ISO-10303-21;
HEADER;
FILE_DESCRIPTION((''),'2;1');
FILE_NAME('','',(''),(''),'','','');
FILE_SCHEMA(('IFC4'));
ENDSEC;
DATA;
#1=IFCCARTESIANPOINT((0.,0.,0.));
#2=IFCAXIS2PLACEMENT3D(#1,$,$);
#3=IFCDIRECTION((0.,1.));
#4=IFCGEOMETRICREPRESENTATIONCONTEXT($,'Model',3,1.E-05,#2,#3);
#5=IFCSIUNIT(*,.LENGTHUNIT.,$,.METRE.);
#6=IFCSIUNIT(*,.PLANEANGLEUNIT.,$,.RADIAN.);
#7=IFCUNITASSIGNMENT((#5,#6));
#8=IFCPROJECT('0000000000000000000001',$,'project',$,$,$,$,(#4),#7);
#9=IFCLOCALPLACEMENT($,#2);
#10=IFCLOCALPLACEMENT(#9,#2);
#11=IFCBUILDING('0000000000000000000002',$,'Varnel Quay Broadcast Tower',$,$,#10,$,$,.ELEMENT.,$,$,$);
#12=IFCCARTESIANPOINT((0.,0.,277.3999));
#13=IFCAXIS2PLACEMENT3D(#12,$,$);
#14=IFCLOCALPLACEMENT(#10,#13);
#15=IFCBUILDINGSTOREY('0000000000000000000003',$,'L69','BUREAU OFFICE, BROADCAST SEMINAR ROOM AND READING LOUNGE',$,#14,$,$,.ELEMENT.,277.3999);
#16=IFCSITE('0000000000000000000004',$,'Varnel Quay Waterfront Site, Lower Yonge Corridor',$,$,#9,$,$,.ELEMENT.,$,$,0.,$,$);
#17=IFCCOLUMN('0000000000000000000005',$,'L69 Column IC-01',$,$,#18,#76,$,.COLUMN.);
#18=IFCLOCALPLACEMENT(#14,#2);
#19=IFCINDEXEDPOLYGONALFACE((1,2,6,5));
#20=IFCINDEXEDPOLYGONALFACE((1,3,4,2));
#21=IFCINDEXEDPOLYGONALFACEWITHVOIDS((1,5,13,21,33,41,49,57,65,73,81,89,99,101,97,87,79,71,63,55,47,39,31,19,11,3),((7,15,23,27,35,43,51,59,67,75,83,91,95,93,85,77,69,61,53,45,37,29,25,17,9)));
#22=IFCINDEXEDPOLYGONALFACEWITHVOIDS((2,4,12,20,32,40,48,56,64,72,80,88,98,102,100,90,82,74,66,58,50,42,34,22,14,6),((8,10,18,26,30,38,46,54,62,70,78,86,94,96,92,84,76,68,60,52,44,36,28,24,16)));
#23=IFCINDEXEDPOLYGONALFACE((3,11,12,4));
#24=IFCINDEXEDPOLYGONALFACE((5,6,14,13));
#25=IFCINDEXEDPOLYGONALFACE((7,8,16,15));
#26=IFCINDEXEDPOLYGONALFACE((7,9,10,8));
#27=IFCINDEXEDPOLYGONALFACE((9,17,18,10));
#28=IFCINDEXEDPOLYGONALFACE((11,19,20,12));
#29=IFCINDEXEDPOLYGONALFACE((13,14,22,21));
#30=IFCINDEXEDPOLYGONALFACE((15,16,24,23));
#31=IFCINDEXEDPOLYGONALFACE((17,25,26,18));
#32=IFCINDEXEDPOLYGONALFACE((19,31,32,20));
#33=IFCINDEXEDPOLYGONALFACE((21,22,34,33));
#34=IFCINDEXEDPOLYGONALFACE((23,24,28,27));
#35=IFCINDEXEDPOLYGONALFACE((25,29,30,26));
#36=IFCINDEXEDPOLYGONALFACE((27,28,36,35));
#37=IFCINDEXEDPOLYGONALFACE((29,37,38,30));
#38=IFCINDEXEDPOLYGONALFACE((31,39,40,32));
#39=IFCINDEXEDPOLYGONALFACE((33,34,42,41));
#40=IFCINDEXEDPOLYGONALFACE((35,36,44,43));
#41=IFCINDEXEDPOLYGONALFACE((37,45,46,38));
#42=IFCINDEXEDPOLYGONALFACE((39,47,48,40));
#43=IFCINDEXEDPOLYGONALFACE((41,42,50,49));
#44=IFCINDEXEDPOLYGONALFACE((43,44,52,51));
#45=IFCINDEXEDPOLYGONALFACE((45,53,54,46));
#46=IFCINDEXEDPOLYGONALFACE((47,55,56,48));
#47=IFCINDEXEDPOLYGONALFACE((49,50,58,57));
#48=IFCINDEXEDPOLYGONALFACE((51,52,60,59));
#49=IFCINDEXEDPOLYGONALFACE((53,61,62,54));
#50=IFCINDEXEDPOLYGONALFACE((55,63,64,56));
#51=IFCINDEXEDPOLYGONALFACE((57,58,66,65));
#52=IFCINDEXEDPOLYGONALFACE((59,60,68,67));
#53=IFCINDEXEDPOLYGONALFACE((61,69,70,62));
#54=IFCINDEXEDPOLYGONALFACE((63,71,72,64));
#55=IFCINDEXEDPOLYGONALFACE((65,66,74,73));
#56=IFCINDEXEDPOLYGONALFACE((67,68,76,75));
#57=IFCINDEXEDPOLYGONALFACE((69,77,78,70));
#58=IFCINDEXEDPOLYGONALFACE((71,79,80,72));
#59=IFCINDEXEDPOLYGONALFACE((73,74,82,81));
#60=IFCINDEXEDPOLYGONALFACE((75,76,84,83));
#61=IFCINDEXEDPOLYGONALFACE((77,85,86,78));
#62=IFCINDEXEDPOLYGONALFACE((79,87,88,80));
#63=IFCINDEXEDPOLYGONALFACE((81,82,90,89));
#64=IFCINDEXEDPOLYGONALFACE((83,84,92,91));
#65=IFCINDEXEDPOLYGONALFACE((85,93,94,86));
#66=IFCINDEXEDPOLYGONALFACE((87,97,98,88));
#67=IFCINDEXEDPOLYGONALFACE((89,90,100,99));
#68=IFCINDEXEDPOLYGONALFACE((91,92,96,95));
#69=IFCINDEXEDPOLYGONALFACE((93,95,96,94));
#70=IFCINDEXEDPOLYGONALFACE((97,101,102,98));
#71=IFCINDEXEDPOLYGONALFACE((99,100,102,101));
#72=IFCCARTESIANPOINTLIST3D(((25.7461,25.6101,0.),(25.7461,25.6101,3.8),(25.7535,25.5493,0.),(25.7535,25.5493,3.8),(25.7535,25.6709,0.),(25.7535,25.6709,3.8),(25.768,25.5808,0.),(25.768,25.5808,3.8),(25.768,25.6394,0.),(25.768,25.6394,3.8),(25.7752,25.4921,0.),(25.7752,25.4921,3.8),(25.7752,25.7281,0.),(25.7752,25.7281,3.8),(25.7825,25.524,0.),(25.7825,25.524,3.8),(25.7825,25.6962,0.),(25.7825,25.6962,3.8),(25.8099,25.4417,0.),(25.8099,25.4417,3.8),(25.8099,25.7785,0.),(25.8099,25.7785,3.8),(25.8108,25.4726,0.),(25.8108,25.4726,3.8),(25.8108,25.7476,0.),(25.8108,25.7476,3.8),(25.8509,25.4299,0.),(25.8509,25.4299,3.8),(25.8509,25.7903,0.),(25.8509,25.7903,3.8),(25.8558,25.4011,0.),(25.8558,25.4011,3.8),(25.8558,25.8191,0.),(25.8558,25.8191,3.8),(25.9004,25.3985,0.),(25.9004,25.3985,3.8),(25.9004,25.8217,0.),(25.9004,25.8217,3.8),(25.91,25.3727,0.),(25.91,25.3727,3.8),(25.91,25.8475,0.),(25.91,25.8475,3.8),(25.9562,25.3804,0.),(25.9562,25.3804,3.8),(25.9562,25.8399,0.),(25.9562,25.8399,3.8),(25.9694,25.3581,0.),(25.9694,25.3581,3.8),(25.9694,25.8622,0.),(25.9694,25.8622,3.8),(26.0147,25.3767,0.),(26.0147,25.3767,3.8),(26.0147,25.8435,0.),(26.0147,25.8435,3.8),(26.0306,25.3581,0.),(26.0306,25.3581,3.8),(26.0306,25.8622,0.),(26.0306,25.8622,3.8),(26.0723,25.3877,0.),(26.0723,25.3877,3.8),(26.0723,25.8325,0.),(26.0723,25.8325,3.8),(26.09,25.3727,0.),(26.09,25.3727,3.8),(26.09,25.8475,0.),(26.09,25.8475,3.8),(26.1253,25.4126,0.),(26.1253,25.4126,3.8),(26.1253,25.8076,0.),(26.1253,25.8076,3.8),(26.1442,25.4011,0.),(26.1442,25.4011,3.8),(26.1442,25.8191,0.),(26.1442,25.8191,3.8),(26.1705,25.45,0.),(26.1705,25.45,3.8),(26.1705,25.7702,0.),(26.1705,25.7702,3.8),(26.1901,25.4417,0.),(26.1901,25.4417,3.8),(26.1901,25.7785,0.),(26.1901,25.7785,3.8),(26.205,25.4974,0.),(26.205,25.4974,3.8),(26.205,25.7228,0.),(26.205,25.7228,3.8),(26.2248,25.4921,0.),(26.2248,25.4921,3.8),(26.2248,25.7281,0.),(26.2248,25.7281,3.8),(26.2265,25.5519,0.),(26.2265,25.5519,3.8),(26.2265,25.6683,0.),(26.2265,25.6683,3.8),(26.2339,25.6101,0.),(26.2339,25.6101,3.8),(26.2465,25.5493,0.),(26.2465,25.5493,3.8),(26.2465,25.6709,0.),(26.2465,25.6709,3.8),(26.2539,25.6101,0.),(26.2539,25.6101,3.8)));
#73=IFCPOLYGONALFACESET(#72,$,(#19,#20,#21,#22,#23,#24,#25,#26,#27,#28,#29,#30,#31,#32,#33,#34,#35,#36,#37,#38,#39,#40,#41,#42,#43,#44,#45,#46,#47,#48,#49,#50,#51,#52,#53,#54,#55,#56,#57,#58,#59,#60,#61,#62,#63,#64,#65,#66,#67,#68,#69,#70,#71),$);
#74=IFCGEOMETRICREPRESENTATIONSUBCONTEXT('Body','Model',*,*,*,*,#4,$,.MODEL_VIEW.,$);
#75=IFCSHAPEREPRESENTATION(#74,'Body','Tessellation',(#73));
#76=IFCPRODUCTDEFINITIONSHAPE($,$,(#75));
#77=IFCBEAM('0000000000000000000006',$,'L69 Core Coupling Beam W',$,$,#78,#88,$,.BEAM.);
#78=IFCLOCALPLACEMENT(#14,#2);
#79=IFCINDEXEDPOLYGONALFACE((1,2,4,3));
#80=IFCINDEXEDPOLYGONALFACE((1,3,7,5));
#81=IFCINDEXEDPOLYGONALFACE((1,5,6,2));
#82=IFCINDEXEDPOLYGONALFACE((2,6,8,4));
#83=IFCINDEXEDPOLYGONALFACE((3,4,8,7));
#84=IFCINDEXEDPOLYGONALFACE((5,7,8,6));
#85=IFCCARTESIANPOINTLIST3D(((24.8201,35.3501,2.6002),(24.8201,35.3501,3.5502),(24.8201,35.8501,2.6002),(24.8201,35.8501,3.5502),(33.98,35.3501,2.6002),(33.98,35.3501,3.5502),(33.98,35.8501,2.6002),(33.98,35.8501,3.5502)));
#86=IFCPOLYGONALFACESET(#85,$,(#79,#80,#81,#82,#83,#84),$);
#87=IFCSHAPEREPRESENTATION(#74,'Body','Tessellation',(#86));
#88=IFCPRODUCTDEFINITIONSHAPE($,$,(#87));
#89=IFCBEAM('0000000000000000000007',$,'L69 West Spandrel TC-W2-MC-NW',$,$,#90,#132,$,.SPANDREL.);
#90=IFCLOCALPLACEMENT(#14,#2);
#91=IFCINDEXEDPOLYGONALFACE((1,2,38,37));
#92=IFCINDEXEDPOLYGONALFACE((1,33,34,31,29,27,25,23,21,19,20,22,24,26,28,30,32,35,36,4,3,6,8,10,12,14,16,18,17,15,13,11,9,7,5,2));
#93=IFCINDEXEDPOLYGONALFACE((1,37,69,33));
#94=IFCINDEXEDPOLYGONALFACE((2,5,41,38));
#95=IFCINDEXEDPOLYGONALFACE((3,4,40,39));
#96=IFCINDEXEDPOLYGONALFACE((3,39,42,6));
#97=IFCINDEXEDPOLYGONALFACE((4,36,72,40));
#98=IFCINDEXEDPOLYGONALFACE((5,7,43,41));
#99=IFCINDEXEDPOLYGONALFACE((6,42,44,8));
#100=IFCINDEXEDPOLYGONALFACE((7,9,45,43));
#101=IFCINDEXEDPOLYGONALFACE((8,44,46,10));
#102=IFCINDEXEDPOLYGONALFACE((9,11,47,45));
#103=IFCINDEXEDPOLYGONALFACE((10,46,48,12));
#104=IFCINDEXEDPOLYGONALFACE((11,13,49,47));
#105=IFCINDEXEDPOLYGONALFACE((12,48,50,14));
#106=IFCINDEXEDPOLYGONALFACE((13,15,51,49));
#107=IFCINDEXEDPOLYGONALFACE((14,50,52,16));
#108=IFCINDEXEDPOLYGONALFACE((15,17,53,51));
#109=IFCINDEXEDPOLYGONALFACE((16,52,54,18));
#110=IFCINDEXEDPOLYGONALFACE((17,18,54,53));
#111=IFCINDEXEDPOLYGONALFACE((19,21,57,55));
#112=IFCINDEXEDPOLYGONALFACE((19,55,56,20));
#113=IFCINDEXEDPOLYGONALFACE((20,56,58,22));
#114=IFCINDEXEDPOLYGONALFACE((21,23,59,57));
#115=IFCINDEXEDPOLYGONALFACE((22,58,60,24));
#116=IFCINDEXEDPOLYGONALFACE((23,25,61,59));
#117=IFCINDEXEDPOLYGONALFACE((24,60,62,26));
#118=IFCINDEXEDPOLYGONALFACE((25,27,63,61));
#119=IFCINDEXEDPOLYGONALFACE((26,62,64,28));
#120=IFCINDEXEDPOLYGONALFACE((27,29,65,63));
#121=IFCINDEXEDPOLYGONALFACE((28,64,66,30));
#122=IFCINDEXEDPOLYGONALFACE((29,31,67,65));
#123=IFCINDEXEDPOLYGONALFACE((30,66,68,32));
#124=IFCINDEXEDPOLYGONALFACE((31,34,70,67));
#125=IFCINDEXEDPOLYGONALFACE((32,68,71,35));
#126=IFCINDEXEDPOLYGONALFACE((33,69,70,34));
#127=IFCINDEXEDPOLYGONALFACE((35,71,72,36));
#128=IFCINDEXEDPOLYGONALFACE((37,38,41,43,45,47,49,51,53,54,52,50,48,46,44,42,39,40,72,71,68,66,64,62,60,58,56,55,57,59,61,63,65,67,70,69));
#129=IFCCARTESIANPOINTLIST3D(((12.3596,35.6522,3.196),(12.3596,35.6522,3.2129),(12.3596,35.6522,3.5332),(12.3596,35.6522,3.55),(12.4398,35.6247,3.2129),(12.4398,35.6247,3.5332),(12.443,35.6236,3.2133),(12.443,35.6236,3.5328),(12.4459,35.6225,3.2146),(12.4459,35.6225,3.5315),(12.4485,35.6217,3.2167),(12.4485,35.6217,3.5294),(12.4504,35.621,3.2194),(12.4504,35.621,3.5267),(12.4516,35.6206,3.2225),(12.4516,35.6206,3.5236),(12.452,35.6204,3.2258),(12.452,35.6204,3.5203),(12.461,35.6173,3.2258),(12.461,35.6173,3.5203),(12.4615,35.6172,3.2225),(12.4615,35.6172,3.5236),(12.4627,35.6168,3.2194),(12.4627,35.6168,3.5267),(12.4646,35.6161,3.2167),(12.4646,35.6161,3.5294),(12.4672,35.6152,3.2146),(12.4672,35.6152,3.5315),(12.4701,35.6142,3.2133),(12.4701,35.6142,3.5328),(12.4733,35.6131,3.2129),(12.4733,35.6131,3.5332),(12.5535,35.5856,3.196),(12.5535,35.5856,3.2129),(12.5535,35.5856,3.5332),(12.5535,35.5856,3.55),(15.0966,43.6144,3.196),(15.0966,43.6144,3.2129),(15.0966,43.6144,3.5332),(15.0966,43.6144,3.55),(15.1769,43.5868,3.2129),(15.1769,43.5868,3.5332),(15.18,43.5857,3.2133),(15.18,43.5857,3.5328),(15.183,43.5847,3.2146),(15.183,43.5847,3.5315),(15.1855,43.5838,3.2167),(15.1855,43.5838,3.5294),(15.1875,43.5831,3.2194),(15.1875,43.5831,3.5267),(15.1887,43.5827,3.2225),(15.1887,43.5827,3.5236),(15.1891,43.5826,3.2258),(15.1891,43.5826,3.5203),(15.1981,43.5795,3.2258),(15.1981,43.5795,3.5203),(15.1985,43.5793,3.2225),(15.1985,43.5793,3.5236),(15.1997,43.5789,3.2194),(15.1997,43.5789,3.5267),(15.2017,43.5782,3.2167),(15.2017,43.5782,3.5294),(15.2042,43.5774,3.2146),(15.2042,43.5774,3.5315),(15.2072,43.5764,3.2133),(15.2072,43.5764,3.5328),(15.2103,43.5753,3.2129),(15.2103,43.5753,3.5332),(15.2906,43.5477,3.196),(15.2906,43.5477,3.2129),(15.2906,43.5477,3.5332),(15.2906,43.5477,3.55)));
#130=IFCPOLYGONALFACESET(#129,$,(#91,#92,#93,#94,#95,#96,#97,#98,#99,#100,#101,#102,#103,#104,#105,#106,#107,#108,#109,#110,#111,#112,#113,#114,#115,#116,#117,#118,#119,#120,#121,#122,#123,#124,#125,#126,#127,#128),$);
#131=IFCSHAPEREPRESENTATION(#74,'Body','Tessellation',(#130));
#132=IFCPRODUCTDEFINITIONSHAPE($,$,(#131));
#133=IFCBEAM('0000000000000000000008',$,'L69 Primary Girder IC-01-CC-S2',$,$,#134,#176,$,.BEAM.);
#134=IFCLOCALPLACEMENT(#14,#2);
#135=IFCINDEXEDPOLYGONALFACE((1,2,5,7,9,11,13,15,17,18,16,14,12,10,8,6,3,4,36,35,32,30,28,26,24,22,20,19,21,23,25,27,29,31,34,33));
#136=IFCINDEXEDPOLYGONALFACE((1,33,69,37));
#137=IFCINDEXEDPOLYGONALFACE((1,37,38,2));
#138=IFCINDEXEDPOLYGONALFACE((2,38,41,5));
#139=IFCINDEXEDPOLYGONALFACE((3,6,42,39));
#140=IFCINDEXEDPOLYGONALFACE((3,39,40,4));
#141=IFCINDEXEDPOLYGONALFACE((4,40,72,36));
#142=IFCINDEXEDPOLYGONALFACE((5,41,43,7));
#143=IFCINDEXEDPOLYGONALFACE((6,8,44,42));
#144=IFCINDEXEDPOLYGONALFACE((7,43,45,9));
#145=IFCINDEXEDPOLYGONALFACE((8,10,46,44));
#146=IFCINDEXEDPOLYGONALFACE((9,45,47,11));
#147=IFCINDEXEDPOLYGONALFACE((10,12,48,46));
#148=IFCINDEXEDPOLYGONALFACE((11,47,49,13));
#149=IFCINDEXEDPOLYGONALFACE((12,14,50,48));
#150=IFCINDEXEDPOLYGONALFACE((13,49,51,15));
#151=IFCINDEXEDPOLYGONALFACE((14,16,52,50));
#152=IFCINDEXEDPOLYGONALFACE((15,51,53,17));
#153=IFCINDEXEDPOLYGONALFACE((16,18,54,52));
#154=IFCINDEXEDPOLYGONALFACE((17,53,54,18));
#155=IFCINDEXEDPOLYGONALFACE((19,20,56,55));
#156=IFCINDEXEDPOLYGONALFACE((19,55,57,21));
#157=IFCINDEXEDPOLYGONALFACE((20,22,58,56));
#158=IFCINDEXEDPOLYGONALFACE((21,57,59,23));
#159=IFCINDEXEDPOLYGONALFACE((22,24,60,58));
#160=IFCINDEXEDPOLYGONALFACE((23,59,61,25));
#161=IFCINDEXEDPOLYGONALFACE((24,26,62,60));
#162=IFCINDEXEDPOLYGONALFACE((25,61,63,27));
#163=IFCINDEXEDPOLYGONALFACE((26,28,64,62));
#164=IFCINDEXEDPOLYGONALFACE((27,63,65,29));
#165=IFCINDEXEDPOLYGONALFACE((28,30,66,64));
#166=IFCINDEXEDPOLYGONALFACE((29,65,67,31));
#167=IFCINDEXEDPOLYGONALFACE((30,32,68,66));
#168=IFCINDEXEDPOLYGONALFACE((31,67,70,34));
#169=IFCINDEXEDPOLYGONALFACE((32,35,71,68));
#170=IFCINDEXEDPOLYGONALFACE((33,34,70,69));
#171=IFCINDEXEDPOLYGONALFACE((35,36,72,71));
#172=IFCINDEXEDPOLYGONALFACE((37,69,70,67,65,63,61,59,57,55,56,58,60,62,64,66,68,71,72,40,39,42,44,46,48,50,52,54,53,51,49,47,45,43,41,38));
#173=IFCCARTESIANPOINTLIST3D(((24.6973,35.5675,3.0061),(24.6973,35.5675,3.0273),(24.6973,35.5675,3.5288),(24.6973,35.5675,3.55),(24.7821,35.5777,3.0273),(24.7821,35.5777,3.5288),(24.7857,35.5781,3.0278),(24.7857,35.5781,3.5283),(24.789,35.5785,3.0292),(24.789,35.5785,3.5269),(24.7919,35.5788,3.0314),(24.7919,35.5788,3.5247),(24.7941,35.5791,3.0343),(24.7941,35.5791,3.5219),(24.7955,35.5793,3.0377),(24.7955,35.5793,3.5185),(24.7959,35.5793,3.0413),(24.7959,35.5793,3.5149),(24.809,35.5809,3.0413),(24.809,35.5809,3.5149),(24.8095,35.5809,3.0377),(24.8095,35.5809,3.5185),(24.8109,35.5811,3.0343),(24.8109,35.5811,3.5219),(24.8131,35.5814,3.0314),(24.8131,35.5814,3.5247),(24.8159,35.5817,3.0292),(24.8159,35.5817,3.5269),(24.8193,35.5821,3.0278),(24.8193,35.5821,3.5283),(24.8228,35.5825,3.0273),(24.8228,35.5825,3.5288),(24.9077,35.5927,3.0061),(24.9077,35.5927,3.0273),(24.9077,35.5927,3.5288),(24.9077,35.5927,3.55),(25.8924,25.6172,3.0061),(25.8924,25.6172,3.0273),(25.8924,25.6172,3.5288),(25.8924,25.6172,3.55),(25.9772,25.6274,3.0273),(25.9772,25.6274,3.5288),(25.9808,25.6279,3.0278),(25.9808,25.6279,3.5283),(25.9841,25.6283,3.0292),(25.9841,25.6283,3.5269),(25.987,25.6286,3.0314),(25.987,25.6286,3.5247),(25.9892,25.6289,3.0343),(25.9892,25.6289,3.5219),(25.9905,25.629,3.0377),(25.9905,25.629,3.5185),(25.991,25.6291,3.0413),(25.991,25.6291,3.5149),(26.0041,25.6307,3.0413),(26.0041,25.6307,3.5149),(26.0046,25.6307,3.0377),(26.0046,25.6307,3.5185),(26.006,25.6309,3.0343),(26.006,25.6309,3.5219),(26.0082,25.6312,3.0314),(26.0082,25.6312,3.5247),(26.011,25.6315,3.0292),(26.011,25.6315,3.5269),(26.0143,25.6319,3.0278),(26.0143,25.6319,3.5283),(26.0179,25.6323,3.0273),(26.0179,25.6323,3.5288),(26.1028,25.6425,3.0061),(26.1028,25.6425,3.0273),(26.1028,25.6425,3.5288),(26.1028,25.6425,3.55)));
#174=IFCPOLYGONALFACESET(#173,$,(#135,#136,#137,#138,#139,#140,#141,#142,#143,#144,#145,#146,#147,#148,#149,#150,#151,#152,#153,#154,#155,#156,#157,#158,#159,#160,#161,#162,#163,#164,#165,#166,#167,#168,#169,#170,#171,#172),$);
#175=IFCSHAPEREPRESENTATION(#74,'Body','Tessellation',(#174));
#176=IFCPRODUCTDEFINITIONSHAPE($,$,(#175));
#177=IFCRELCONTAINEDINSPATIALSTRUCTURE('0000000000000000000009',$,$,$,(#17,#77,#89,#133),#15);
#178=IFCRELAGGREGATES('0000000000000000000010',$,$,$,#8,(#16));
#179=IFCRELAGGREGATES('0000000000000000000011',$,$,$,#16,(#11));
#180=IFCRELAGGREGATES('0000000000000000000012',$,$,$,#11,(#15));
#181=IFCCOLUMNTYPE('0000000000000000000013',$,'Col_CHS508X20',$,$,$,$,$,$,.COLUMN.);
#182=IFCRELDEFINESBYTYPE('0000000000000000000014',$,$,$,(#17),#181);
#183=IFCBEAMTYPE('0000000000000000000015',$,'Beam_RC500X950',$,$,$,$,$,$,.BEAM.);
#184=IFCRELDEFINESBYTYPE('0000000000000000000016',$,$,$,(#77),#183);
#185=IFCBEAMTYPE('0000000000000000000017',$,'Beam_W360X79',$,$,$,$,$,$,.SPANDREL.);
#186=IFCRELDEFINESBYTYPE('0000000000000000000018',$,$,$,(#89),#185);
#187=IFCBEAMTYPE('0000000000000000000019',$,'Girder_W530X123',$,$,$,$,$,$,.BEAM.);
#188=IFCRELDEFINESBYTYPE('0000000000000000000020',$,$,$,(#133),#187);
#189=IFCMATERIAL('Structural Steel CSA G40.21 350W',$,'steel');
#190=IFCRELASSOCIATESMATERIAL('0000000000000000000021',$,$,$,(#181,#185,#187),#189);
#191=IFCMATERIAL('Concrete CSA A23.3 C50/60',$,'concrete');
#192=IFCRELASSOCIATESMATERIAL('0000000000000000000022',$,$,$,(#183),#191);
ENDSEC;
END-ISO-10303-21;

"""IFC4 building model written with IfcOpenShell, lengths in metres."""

from ifc_helpers import new_model, si_unit, direction, frame, origin, origin_2d, place, context, subcontext, project, spatial, rectangle, hollow_circle, i_section, extrude, source, transform, mapped, material, material_profile, profile_set, type_object, type_shapes, element, save


model = new_model("IFC4")

# Units and contexts
model_context = context("Model", 3, precision=1e-05, world=origin(), true_north=direction((0.0, 1.0)))
body_context = subcontext(model_context, "Body", "Model", "MODEL_VIEW")
ifc_project = project(units=[si_unit("LENGTHUNIT", "METRE"), si_unit("PLANEANGLEUNIT", "RADIAN")], contexts=[model_context])

# Site, building, storey
site_placement = place(None, origin())
site = spatial("IfcSite", under=ifc_project, at=site_placement, Name="Varnel Quay Waterfront Site, Lower Yonge Corridor", CompositionType="ELEMENT", RefElevation=0.0)
building_placement = place(site_placement, origin())
building = spatial("IfcBuilding", under=site, at=building_placement, Name="Varnel Quay Broadcast Tower", CompositionType="ELEMENT")
storey_placement = place(building_placement, frame((0.0, 0.0, 277.3999)))
storey = spatial("IfcBuildingStorey", under=building, at=storey_placement, Name="L69", Description="BUREAU OFFICE, BROADCAST SEMINAR ROOM AND READING LOUNGE", CompositionType="ELEMENT", Elevation=277.3999)

# Column
ifc_material_1 = material(Name="Structural Steel CSA G40.21 350W", Category="steel")
ifc_material_profile_1 = material_profile(ifc_material_1, hollow_circle(Radius=0.2539, WallThickness=0.02, at=origin_2d()), Name="CHS508X20")
ifc_profile_set_1 = profile_set([ifc_material_profile_1], Name="Structural Steel CSA G40.21 350W")
column_type_1 = type_object("IfcColumnType", Name="Col_CHS508X20", PredefinedType="COLUMN", material=ifc_profile_set_1)
shared_shape_1 = source(origin(), body_context, "Body", "SweptSolid", [
    extrude(hollow_circle(Radius=0.2539, WallThickness=0.02, at=origin_2d()), origin(), (0.0, 0.0, 1.0), 3.8),
])
type_shapes(column_type_1, [shared_shape_1])
column_1_placement = place(storey_placement, frame((26.0, 25.6101, 0.0), z_axis=(0.0, 0.0, 1.0), x_axis=(1.0, 0.0, 0.0)))
element("IfcColumn", 1, at=column_1_placement, inside=storey, type_object=column_type_1, Name="L69 Column IC-01", PredefinedType="COLUMN", context=body_context, shape_type="MappedRepresentation", body=[
    mapped(shared_shape_1, transform((0.0, 0.0, 0.0), x_axis=(1.0, 0.0, 0.0), y_axis=(0.0, 1.0, 0.0), z_axis=(0.0, 0.0, 1.0), scale=1.0)),
])

# Beams
ifc_material_2 = material(Name="Concrete CSA A23.3 C50/60", Category="concrete")
ifc_material_profile_2 = material_profile(ifc_material_2, rectangle(XDim=0.5, YDim=0.95, at=origin_2d()), Name="RC500X950")
ifc_profile_set_2 = profile_set([ifc_material_profile_2], Name="Concrete CSA A23.3 C50/60")
beam_type_1 = type_object("IfcBeamType", Name="Beam_RC500X950", PredefinedType="BEAM", material=ifc_profile_set_2)
shared_shape_2 = source(origin(), body_context, "Body", "SweptSolid", [
    extrude(rectangle(XDim=0.5, YDim=0.95, at=origin_2d()), origin(), (0.0, 0.0, 1.0), 9.1599),
])
type_shapes(beam_type_1, [shared_shape_2])
beam_1_placement = place(storey_placement, frame((24.8201, 35.6001, 3.0752), z_axis=(1.0, 0.0, 0.0), x_axis=(0.0, 1.0, 0.0)))
element("IfcBeam", 2, at=beam_1_placement, inside=storey, type_object=beam_type_1, Name="L69 Core Coupling Beam W", PredefinedType="BEAM", context=body_context, shape_type="MappedRepresentation", body=[
    mapped(shared_shape_2, transform((0.0, 0.0, 0.0), x_axis=(1.0, 0.0, 0.0), y_axis=(0.0, 1.0, 0.0), z_axis=(0.0, 0.0, 1.0), scale=1.0)),
])
ifc_material_profile_3 = material_profile(ifc_material_1, i_section(OverallWidth=0.2051, OverallDepth=0.354, WebThickness=0.0095, FlangeThickness=0.0168, FilletRadius=0.0129, at=origin_2d()), Name="W360X79")
ifc_profile_set_3 = profile_set([ifc_material_profile_3], Name="Structural Steel CSA G40.21 350W")
beam_type_2 = type_object("IfcBeamType", Name="Beam_W360X79", PredefinedType="SPANDREL", material=ifc_profile_set_3)
shared_shape_3 = source(origin(), body_context, "Body", "SweptSolid", [
    extrude(i_section(OverallWidth=0.2051, OverallDepth=0.354, WebThickness=0.0095, FlangeThickness=0.0168, FilletRadius=0.0129, at=origin_2d()), origin(), (0.0, 0.0, 1.0), 8.4194),
])
type_shapes(beam_type_2, [shared_shape_3])
beam_2_placement = place(storey_placement, frame((12.4565, 35.6189, 3.373), z_axis=(0.325087, 0.945684, 0.0), x_axis=(-0.945684, 0.325087, 0.0)))
element("IfcBeam", 3, at=beam_2_placement, inside=storey, type_object=beam_type_2, Name="L69 West Spandrel TC-W2-MC-NW", PredefinedType="SPANDREL", context=body_context, shape_type="MappedRepresentation", body=[
    mapped(shared_shape_3, transform((0.0, 0.0, 0.0), x_axis=(1.0, 0.0, 0.0), y_axis=(0.0, 1.0, 0.0), z_axis=(0.0, 0.0, 1.0), scale=1.0)),
])
ifc_material_profile_4 = material_profile(ifc_material_1, i_section(OverallWidth=0.2119, OverallDepth=0.5439, WebThickness=0.0132, FlangeThickness=0.0212, FilletRadius=0.0139, at=origin_2d()), Name="W530X123")
ifc_profile_set_4 = profile_set([ifc_material_profile_4], Name="Structural Steel CSA G40.21 350W")
beam_type_3 = type_object("IfcBeamType", Name="Girder_W530X123", PredefinedType="BEAM", material=ifc_profile_set_4)
shared_shape_4 = source(origin(), body_context, "Body", "SweptSolid", [
    extrude(i_section(OverallWidth=0.2119, OverallDepth=0.5439, WebThickness=0.0132, FlangeThickness=0.0212, FilletRadius=0.0139, at=origin_2d()), origin(), (0.0, 0.0, 1.0), 10.0217),
])
beam_3_placement = place(storey_placement, frame((25.9976, 25.6299, 3.2781), z_axis=(-0.119248, 0.992864, 0.0), x_axis=(-0.992864, -0.119248, 0.0)))
element("IfcBeam", 4, at=beam_3_placement, inside=storey, type_object=beam_type_3, Name="L69 Primary Girder IC-01-CC-S2", PredefinedType="BEAM", context=body_context, shape_type="MappedRepresentation", body=[
    mapped(shared_shape_4, transform((0.0, 0.0, 0.0), x_axis=(1.0, 0.0, 0.0), y_axis=(0.0, 1.0, 0.0), z_axis=(0.0, 0.0, 1.0), scale=1.0)),
])

save(model, "model.ifc")
